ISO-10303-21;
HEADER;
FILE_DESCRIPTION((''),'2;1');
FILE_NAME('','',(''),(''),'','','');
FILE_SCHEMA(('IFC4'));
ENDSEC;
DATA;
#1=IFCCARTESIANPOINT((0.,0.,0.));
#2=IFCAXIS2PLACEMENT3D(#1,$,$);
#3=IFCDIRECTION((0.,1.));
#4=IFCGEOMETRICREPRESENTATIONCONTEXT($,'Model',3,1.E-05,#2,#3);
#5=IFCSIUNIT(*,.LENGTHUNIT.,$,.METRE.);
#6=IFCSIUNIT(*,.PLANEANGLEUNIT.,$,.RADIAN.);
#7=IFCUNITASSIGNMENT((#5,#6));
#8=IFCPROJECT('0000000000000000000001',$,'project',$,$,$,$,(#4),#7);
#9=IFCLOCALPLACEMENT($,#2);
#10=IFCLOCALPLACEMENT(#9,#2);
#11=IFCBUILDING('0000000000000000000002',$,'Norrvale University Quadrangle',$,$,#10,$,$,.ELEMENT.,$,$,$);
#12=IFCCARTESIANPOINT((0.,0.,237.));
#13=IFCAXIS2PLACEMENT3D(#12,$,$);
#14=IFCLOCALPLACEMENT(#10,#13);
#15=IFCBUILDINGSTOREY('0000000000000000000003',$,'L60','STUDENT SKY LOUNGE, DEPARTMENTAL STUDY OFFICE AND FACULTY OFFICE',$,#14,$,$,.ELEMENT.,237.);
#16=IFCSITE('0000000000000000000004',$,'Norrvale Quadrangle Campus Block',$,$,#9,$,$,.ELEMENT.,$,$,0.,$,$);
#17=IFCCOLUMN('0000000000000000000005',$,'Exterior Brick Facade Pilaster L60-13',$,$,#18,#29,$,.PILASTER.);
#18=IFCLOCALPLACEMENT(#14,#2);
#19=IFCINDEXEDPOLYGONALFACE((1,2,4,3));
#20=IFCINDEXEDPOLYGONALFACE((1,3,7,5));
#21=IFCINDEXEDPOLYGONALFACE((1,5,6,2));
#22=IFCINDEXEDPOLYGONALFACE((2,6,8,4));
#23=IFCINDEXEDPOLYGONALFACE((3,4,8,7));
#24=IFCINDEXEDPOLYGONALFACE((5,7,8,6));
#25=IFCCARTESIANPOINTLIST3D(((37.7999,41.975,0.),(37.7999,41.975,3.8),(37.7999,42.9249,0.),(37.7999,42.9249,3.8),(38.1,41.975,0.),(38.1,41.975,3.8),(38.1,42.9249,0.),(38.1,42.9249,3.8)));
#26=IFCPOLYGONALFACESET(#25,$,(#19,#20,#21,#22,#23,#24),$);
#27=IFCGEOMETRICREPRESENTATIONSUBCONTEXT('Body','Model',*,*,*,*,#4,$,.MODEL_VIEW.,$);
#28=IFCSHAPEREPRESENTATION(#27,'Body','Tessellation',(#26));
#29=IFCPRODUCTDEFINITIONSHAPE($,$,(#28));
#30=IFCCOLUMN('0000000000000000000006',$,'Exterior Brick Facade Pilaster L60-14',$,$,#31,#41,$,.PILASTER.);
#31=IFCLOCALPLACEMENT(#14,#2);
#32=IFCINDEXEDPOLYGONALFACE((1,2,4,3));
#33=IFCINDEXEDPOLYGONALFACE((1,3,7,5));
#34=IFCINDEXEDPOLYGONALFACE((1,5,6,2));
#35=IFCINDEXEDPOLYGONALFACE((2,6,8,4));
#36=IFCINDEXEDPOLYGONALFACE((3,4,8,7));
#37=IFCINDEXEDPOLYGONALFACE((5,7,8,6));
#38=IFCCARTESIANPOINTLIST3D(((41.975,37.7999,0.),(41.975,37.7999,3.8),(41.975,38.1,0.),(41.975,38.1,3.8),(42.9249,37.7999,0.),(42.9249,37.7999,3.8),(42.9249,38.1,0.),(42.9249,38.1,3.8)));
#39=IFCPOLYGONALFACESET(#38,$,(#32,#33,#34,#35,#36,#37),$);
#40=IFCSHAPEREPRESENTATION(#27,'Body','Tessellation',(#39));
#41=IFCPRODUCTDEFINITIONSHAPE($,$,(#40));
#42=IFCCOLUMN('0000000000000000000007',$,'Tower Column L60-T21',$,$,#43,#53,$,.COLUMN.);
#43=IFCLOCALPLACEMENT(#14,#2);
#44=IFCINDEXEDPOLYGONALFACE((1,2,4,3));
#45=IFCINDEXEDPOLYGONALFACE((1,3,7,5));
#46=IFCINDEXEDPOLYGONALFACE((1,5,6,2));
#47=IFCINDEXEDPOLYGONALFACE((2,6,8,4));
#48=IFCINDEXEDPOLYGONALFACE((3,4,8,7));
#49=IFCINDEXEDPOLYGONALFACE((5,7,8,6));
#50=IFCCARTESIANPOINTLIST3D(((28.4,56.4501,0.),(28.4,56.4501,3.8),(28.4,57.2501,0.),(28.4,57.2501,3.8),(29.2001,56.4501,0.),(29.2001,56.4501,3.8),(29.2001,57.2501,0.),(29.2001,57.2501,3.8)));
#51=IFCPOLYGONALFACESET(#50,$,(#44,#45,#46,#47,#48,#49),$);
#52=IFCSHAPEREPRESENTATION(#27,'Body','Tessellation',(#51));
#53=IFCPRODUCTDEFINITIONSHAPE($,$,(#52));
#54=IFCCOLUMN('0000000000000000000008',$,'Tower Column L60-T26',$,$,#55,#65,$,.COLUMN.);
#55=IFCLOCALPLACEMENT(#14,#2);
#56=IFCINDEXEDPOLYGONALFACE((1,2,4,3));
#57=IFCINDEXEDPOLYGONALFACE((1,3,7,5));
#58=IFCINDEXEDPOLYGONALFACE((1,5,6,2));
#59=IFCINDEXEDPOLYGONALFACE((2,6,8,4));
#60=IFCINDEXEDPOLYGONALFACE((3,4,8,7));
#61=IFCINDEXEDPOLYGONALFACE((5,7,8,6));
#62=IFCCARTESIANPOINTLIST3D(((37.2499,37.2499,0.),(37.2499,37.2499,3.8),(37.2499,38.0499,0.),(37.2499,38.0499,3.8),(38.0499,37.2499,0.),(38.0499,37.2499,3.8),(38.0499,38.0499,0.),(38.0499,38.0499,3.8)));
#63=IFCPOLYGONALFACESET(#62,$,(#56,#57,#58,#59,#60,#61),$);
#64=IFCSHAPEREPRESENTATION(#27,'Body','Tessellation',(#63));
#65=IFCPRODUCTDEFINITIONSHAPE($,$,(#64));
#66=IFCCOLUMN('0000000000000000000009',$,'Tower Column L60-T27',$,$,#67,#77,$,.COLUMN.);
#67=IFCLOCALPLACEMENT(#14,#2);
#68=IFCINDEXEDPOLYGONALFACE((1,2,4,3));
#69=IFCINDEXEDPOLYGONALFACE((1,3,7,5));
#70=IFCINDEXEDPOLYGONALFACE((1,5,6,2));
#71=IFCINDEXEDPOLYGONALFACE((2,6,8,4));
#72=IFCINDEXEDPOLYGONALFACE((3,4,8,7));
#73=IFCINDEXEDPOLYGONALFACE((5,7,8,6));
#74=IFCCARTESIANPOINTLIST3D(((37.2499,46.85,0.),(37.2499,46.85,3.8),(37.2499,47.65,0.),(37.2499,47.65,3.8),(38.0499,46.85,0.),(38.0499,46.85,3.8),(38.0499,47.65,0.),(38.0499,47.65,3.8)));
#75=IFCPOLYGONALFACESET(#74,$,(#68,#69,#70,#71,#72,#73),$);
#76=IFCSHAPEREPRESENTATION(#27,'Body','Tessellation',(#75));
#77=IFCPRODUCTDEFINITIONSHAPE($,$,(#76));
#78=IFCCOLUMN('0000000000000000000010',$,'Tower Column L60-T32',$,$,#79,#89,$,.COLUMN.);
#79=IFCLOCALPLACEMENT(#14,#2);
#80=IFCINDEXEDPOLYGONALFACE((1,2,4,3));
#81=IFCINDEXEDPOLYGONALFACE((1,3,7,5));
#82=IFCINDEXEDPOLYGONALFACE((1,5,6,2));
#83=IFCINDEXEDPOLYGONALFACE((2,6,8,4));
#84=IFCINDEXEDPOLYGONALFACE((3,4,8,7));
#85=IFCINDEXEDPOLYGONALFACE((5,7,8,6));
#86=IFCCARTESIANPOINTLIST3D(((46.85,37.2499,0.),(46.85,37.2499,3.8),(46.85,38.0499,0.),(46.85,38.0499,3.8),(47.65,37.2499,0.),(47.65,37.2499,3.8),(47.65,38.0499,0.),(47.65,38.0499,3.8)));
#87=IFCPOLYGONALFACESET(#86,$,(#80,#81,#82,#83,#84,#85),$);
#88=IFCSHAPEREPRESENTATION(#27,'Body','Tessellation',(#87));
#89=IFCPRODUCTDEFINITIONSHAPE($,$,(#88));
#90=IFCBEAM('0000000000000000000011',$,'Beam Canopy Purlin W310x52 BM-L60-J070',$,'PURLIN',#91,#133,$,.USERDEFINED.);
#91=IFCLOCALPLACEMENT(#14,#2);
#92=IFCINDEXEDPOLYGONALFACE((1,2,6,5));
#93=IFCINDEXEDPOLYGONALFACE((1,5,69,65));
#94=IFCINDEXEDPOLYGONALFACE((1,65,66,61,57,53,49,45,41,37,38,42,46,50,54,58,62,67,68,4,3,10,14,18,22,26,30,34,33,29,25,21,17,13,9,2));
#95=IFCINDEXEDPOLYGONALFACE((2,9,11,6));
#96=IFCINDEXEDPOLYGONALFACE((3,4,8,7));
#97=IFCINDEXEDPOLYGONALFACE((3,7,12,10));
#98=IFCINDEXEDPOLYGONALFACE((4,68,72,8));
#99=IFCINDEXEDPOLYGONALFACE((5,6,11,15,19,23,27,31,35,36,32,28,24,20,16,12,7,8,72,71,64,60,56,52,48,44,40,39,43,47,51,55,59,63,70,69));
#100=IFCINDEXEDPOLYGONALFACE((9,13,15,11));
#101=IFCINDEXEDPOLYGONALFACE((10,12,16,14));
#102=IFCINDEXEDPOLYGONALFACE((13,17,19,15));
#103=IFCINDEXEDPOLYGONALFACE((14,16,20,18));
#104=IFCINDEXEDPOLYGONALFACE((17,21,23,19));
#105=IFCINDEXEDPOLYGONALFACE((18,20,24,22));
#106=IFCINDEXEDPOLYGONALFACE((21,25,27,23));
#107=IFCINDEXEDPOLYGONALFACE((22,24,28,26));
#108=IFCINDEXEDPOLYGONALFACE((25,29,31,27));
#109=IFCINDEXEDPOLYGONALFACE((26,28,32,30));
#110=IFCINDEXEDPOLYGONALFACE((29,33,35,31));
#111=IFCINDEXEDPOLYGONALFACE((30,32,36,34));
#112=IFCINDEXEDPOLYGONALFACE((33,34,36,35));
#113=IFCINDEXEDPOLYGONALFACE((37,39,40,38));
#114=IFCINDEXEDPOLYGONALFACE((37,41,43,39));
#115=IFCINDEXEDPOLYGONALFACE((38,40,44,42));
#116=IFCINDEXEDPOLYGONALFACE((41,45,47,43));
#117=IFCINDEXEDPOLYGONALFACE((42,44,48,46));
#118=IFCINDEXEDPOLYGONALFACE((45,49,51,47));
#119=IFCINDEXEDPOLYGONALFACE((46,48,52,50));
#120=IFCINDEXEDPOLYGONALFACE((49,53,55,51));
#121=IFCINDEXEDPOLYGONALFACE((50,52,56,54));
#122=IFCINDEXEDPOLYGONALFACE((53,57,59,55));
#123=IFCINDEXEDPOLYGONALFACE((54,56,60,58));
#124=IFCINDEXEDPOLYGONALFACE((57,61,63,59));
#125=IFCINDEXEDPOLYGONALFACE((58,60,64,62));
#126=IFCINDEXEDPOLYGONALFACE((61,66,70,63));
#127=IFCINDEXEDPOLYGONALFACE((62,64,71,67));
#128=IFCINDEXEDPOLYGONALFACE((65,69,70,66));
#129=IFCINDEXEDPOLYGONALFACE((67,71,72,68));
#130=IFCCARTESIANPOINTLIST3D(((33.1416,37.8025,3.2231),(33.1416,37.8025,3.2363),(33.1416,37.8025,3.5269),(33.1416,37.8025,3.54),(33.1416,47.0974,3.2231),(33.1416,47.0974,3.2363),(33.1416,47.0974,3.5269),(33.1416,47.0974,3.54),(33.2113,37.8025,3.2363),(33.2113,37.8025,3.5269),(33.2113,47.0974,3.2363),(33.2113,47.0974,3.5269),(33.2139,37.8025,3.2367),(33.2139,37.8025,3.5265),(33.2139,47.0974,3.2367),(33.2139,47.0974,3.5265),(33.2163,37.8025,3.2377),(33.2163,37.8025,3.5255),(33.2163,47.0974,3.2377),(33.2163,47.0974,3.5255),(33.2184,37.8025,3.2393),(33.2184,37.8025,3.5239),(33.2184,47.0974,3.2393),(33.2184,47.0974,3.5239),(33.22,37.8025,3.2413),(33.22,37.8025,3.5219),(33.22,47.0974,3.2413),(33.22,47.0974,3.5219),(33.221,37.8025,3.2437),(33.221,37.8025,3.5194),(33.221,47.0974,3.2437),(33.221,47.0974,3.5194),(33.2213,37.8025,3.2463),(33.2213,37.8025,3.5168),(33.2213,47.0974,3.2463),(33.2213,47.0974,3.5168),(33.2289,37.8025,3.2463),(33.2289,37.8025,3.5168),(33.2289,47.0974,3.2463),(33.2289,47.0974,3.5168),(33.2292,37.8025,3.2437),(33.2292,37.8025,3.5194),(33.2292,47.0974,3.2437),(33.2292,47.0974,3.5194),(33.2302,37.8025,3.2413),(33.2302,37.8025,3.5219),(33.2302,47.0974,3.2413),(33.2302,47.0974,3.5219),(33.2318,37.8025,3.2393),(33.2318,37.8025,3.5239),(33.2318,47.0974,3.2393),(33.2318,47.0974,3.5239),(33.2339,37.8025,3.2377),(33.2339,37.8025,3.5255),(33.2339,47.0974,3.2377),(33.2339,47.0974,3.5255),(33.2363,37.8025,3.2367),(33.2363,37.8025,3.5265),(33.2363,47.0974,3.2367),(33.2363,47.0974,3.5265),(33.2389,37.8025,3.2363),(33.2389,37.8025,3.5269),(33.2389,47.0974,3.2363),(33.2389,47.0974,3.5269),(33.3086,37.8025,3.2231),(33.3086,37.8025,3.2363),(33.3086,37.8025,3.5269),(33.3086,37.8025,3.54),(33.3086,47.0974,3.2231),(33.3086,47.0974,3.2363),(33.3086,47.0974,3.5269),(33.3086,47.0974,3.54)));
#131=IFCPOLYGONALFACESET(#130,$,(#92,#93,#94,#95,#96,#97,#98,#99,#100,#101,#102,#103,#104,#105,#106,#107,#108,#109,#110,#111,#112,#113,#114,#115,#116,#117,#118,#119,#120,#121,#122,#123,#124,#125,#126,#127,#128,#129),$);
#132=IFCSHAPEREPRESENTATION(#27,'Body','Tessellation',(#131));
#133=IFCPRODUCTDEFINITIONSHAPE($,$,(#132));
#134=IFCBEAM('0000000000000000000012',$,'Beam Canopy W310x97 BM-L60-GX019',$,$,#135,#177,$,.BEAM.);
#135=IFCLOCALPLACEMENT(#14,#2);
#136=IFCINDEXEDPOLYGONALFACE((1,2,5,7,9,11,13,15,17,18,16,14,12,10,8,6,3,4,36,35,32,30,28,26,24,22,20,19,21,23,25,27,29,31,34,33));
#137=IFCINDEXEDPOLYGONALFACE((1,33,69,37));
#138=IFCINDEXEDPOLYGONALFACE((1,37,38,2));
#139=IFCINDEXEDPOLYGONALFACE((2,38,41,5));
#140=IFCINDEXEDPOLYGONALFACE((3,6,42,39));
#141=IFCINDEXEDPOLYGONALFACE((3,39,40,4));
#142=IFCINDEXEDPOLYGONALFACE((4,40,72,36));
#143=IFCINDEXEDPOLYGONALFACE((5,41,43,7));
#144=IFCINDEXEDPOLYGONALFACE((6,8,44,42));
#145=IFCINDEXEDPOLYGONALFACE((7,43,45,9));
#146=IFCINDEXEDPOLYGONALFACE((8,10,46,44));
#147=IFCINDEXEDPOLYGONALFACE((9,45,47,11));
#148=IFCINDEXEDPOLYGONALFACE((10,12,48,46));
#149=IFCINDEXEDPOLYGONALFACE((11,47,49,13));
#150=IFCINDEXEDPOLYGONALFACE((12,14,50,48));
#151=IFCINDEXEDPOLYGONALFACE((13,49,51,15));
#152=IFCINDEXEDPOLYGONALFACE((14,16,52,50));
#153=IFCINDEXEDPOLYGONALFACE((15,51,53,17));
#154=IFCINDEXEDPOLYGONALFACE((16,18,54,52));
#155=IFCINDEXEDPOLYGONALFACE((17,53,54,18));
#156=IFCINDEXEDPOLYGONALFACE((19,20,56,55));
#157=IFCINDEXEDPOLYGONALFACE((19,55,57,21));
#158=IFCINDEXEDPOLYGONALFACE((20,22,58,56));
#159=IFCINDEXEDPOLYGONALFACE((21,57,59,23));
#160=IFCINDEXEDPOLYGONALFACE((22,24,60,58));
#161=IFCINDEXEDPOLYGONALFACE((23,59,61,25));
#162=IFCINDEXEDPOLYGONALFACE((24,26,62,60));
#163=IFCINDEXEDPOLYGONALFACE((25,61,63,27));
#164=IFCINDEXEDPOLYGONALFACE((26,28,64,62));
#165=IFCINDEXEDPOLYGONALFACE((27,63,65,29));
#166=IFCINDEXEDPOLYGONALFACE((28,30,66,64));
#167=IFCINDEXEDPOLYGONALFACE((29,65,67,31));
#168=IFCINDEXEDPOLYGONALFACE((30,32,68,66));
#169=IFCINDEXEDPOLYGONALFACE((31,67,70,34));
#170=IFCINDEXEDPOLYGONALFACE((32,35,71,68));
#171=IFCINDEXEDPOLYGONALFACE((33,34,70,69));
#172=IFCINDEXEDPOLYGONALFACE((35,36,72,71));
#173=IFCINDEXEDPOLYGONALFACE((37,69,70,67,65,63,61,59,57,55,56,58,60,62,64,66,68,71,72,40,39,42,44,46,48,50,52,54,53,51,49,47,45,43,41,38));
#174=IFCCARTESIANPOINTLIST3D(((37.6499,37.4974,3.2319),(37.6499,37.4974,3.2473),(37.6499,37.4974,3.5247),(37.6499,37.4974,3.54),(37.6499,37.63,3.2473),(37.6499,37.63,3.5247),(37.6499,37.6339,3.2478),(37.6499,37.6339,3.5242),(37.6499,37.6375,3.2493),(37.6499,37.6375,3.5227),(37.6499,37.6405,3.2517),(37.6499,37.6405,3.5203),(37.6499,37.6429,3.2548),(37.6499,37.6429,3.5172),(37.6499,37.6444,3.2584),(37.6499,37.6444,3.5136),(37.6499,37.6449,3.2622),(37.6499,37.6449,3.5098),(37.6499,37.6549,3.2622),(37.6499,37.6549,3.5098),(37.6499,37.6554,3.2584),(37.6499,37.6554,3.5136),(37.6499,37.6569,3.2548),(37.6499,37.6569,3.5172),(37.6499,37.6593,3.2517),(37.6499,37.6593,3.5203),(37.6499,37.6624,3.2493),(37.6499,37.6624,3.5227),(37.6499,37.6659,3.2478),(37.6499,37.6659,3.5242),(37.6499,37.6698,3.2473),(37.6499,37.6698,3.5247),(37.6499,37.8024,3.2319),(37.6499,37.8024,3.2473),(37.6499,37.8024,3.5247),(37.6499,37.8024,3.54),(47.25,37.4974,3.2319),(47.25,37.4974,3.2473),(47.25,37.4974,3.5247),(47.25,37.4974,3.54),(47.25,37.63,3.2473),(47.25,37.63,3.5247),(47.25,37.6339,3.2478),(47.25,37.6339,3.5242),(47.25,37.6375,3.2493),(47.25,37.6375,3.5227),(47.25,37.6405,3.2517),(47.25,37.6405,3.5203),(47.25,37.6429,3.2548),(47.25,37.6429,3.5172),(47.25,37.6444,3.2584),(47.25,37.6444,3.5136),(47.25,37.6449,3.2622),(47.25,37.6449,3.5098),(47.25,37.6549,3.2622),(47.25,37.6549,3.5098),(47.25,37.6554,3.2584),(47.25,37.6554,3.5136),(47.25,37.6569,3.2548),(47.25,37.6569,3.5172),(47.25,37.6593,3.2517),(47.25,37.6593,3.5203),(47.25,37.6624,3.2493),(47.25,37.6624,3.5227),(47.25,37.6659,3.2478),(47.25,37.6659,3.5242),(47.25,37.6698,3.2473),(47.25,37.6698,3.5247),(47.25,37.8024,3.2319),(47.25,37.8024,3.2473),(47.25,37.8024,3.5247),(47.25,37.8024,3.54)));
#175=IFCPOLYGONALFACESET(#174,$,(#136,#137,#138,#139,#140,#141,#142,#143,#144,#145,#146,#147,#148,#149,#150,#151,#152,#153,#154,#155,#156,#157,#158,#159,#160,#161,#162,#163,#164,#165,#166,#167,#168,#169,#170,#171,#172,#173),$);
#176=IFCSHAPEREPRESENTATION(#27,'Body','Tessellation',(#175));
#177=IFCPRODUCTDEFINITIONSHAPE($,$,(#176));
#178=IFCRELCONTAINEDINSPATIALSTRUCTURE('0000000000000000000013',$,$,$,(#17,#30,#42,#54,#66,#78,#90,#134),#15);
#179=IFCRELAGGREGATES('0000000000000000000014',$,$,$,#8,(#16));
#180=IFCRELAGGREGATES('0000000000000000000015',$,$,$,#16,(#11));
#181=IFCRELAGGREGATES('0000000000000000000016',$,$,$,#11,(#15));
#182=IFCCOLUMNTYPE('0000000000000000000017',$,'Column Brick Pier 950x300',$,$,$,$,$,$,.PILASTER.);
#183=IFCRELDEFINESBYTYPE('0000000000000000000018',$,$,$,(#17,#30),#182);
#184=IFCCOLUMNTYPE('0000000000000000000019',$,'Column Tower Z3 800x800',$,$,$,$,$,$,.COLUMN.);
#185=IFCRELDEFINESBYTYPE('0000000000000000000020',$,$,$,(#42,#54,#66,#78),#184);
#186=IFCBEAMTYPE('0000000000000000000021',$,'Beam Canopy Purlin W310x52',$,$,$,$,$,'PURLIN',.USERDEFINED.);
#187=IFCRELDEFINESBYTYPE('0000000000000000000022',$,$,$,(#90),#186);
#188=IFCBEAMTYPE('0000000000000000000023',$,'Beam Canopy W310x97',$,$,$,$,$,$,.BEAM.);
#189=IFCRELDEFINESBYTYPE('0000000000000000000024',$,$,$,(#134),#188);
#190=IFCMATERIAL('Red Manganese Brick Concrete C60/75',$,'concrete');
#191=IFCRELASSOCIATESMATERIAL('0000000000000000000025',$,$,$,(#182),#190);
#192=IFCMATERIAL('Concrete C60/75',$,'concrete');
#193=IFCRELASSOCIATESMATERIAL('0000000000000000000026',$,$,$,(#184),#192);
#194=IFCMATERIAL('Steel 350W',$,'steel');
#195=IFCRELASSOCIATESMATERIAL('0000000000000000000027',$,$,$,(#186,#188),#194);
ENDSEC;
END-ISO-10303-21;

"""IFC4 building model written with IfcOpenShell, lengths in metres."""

from ifc_helpers import new_model, si_unit, direction, frame, origin, origin_2d, place, context, subcontext, project, spatial, rectangle, i_section, extrude, material, material_profile, profile_set, type_object, element, save


model = new_model("IFC4")

# Units and contexts
model_context = context("Model", 3, precision=1e-05, world=origin(), true_north=direction((0.0, 1.0)))
body_context = subcontext(model_context, "Body", "Model", "MODEL_VIEW")
ifc_project = project(units=[si_unit("LENGTHUNIT", "METRE"), si_unit("PLANEANGLEUNIT", "RADIAN")], contexts=[model_context])

# Site, building, storey
site_placement = place(None, origin())
site = spatial("IfcSite", under=ifc_project, at=site_placement, Name="Norrvale Quadrangle Campus Block", CompositionType="ELEMENT", RefElevation=0.0)
building_placement = place(site_placement, origin())
building = spatial("IfcBuilding", under=site, at=building_placement, Name="Norrvale University Quadrangle", CompositionType="ELEMENT")
storey_placement = place(building_placement, frame((0.0, 0.0, 237.0)))
storey = spatial("IfcBuildingStorey", under=building, at=storey_placement, Name="L60", Description="STUDENT SKY LOUNGE, DEPARTMENTAL STUDY OFFICE AND FACULTY OFFICE", CompositionType="ELEMENT", Elevation=237.0)

# Columns
ifc_material_1 = material(Name="Red Manganese Brick Concrete C60/75", Category="concrete")
ifc_material_profile_1 = material_profile(ifc_material_1, rectangle(XDim=0.95, YDim=0.3, at=origin_2d()), Name="Red Manganese Brick Concrete C60/75")
ifc_profile_set_1 = profile_set([ifc_material_profile_1], Name="Red Manganese Brick Concrete C60/75")
column_type_1 = type_object("IfcColumnType", Name="Column Brick Pier 950x300", PredefinedType="PILASTER", material=ifc_profile_set_1)
for number, where, z_axis, x_axis, name in (
    (1, (37.95, 42.45, 0.0), (0.0, 0.0, 1.0), (0.0, 1.0, 0.0), "Exterior Brick Facade Pilaster L60-13"),
    (2, (42.45, 37.95, 0.0), (0.0, 0.0, 1.0), (1.0, 0.0, 0.0), "Exterior Brick Facade Pilaster L60-14"),
):
    element("IfcColumn", number, at=place(storey_placement, frame(where, z_axis=z_axis, x_axis=x_axis)), inside=storey, type_object=column_type_1, Name=name, PredefinedType="PILASTER", context=body_context, shape_type="SweptSolid", body=[
        extrude(rectangle(XDim=0.95, YDim=0.3, at=origin_2d()), origin(), (0.0, 0.0, 1.0), 3.8),
    ])
ifc_material_2 = material(Name="Concrete C60/75", Category="concrete")
ifc_material_profile_2 = material_profile(ifc_material_2, rectangle(XDim=0.8, YDim=0.8, at=origin_2d()), Name="Concrete C60/75")
ifc_profile_set_2 = profile_set([ifc_material_profile_2], Name="Concrete C60/75")
column_type_2 = type_object("IfcColumnType", Name="Column Tower Z3 800x800", PredefinedType="COLUMN", material=ifc_profile_set_2)
for number, where, z_axis, x_axis, name in (
    (3, (28.8, 56.8501, 0.0), (0.0, 0.0, 1.0), (1.0, 0.0, 0.0), "Tower Column L60-T21"),
    (4, (37.6499, 37.6499, 0.0), (0.0, 0.0, 1.0), (1.0, 0.0, 0.0), "Tower Column L60-T26"),
    (5, (37.6499, 47.25, 0.0), (0.0, 0.0, 1.0), (1.0, 0.0, 0.0), "Tower Column L60-T27"),
    (6, (47.25, 37.6499, 0.0), (0.0, 0.0, 1.0), (1.0, 0.0, 0.0), "Tower Column L60-T32"),
):
    element("IfcColumn", number, at=place(storey_placement, frame(where, z_axis=z_axis, x_axis=x_axis)), inside=storey, type_object=column_type_2, Name=name, PredefinedType="COLUMN", context=body_context, shape_type="SweptSolid", body=[
        extrude(rectangle(XDim=0.8, YDim=0.8, at=origin_2d()), origin(), (0.0, 0.0, 1.0), 3.8),
    ])

# Beams
ifc_material_3 = material(Name="Steel 350W", Category="steel")
ifc_material_profile_3 = material_profile(ifc_material_3, i_section(OverallWidth=0.167, OverallDepth=0.3169, WebThickness=0.0076, FlangeThickness=0.0132, FilletRadius=0.01, at=origin_2d()), Name="Steel 350W")
ifc_profile_set_3 = profile_set([ifc_material_profile_3], Name="Steel 350W")
beam_type_1 = type_object("IfcBeamType", Name="Beam Canopy Purlin W310x52", ElementType="PURLIN", PredefinedType="USERDEFINED", material=ifc_profile_set_3)
beam_placement = place(storey_placement, frame((33.2251, 37.8025, 3.3816), z_axis=(0.0, 1.0, 0.0), x_axis=(-1.0, 0.0, 0.0)))
element("IfcBeam", 7, at=beam_placement, inside=storey, type_object=beam_type_1, Name="Beam Canopy Purlin W310x52 BM-L60-J070", ObjectType="PURLIN", PredefinedType="USERDEFINED", context=body_context, shape_type="SweptSolid", body=[
    extrude(i_section(OverallWidth=0.167, OverallDepth=0.3169, WebThickness=0.0076, FlangeThickness=0.0132, FilletRadius=0.01, at=origin_2d()), origin(), (0.0, 0.0, 1.0), 9.2949),
])
ifc_material_profile_4 = material_profile(ifc_material_3, i_section(OverallWidth=0.3049, OverallDepth=0.3081, WebThickness=0.01, FlangeThickness=0.0154, FilletRadius=0.0149, at=origin_2d()), Name="Steel 350W")
ifc_profile_set_4 = profile_set([ifc_material_profile_4], Name="Steel 350W")
beam_type_2 = type_object("IfcBeamType", Name="Beam Canopy W310x97", PredefinedType="BEAM", material=ifc_profile_set_4)
for number, where, z_axis, x_axis, name in (
    (8, (37.6499, 37.6499, 3.386), (1.0, 0.0, 0.0), (0.0, 1.0, 0.0), "Beam Canopy W310x97 BM-L60-GX019"),
):
    element("IfcBeam", number, at=place(storey_placement, frame(where, z_axis=z_axis, x_axis=x_axis)), inside=storey, type_object=beam_type_2, Name=name, PredefinedType="BEAM", context=body_context, shape_type="SweptSolid", body=[
        extrude(i_section(OverallWidth=0.3049, OverallDepth=0.3081, WebThickness=0.01, FlangeThickness=0.0154, FilletRadius=0.0149, at=origin_2d()), origin(), (0.0, 0.0, 1.0), 9.6001),
    ])

save(model, "model.ifc")
